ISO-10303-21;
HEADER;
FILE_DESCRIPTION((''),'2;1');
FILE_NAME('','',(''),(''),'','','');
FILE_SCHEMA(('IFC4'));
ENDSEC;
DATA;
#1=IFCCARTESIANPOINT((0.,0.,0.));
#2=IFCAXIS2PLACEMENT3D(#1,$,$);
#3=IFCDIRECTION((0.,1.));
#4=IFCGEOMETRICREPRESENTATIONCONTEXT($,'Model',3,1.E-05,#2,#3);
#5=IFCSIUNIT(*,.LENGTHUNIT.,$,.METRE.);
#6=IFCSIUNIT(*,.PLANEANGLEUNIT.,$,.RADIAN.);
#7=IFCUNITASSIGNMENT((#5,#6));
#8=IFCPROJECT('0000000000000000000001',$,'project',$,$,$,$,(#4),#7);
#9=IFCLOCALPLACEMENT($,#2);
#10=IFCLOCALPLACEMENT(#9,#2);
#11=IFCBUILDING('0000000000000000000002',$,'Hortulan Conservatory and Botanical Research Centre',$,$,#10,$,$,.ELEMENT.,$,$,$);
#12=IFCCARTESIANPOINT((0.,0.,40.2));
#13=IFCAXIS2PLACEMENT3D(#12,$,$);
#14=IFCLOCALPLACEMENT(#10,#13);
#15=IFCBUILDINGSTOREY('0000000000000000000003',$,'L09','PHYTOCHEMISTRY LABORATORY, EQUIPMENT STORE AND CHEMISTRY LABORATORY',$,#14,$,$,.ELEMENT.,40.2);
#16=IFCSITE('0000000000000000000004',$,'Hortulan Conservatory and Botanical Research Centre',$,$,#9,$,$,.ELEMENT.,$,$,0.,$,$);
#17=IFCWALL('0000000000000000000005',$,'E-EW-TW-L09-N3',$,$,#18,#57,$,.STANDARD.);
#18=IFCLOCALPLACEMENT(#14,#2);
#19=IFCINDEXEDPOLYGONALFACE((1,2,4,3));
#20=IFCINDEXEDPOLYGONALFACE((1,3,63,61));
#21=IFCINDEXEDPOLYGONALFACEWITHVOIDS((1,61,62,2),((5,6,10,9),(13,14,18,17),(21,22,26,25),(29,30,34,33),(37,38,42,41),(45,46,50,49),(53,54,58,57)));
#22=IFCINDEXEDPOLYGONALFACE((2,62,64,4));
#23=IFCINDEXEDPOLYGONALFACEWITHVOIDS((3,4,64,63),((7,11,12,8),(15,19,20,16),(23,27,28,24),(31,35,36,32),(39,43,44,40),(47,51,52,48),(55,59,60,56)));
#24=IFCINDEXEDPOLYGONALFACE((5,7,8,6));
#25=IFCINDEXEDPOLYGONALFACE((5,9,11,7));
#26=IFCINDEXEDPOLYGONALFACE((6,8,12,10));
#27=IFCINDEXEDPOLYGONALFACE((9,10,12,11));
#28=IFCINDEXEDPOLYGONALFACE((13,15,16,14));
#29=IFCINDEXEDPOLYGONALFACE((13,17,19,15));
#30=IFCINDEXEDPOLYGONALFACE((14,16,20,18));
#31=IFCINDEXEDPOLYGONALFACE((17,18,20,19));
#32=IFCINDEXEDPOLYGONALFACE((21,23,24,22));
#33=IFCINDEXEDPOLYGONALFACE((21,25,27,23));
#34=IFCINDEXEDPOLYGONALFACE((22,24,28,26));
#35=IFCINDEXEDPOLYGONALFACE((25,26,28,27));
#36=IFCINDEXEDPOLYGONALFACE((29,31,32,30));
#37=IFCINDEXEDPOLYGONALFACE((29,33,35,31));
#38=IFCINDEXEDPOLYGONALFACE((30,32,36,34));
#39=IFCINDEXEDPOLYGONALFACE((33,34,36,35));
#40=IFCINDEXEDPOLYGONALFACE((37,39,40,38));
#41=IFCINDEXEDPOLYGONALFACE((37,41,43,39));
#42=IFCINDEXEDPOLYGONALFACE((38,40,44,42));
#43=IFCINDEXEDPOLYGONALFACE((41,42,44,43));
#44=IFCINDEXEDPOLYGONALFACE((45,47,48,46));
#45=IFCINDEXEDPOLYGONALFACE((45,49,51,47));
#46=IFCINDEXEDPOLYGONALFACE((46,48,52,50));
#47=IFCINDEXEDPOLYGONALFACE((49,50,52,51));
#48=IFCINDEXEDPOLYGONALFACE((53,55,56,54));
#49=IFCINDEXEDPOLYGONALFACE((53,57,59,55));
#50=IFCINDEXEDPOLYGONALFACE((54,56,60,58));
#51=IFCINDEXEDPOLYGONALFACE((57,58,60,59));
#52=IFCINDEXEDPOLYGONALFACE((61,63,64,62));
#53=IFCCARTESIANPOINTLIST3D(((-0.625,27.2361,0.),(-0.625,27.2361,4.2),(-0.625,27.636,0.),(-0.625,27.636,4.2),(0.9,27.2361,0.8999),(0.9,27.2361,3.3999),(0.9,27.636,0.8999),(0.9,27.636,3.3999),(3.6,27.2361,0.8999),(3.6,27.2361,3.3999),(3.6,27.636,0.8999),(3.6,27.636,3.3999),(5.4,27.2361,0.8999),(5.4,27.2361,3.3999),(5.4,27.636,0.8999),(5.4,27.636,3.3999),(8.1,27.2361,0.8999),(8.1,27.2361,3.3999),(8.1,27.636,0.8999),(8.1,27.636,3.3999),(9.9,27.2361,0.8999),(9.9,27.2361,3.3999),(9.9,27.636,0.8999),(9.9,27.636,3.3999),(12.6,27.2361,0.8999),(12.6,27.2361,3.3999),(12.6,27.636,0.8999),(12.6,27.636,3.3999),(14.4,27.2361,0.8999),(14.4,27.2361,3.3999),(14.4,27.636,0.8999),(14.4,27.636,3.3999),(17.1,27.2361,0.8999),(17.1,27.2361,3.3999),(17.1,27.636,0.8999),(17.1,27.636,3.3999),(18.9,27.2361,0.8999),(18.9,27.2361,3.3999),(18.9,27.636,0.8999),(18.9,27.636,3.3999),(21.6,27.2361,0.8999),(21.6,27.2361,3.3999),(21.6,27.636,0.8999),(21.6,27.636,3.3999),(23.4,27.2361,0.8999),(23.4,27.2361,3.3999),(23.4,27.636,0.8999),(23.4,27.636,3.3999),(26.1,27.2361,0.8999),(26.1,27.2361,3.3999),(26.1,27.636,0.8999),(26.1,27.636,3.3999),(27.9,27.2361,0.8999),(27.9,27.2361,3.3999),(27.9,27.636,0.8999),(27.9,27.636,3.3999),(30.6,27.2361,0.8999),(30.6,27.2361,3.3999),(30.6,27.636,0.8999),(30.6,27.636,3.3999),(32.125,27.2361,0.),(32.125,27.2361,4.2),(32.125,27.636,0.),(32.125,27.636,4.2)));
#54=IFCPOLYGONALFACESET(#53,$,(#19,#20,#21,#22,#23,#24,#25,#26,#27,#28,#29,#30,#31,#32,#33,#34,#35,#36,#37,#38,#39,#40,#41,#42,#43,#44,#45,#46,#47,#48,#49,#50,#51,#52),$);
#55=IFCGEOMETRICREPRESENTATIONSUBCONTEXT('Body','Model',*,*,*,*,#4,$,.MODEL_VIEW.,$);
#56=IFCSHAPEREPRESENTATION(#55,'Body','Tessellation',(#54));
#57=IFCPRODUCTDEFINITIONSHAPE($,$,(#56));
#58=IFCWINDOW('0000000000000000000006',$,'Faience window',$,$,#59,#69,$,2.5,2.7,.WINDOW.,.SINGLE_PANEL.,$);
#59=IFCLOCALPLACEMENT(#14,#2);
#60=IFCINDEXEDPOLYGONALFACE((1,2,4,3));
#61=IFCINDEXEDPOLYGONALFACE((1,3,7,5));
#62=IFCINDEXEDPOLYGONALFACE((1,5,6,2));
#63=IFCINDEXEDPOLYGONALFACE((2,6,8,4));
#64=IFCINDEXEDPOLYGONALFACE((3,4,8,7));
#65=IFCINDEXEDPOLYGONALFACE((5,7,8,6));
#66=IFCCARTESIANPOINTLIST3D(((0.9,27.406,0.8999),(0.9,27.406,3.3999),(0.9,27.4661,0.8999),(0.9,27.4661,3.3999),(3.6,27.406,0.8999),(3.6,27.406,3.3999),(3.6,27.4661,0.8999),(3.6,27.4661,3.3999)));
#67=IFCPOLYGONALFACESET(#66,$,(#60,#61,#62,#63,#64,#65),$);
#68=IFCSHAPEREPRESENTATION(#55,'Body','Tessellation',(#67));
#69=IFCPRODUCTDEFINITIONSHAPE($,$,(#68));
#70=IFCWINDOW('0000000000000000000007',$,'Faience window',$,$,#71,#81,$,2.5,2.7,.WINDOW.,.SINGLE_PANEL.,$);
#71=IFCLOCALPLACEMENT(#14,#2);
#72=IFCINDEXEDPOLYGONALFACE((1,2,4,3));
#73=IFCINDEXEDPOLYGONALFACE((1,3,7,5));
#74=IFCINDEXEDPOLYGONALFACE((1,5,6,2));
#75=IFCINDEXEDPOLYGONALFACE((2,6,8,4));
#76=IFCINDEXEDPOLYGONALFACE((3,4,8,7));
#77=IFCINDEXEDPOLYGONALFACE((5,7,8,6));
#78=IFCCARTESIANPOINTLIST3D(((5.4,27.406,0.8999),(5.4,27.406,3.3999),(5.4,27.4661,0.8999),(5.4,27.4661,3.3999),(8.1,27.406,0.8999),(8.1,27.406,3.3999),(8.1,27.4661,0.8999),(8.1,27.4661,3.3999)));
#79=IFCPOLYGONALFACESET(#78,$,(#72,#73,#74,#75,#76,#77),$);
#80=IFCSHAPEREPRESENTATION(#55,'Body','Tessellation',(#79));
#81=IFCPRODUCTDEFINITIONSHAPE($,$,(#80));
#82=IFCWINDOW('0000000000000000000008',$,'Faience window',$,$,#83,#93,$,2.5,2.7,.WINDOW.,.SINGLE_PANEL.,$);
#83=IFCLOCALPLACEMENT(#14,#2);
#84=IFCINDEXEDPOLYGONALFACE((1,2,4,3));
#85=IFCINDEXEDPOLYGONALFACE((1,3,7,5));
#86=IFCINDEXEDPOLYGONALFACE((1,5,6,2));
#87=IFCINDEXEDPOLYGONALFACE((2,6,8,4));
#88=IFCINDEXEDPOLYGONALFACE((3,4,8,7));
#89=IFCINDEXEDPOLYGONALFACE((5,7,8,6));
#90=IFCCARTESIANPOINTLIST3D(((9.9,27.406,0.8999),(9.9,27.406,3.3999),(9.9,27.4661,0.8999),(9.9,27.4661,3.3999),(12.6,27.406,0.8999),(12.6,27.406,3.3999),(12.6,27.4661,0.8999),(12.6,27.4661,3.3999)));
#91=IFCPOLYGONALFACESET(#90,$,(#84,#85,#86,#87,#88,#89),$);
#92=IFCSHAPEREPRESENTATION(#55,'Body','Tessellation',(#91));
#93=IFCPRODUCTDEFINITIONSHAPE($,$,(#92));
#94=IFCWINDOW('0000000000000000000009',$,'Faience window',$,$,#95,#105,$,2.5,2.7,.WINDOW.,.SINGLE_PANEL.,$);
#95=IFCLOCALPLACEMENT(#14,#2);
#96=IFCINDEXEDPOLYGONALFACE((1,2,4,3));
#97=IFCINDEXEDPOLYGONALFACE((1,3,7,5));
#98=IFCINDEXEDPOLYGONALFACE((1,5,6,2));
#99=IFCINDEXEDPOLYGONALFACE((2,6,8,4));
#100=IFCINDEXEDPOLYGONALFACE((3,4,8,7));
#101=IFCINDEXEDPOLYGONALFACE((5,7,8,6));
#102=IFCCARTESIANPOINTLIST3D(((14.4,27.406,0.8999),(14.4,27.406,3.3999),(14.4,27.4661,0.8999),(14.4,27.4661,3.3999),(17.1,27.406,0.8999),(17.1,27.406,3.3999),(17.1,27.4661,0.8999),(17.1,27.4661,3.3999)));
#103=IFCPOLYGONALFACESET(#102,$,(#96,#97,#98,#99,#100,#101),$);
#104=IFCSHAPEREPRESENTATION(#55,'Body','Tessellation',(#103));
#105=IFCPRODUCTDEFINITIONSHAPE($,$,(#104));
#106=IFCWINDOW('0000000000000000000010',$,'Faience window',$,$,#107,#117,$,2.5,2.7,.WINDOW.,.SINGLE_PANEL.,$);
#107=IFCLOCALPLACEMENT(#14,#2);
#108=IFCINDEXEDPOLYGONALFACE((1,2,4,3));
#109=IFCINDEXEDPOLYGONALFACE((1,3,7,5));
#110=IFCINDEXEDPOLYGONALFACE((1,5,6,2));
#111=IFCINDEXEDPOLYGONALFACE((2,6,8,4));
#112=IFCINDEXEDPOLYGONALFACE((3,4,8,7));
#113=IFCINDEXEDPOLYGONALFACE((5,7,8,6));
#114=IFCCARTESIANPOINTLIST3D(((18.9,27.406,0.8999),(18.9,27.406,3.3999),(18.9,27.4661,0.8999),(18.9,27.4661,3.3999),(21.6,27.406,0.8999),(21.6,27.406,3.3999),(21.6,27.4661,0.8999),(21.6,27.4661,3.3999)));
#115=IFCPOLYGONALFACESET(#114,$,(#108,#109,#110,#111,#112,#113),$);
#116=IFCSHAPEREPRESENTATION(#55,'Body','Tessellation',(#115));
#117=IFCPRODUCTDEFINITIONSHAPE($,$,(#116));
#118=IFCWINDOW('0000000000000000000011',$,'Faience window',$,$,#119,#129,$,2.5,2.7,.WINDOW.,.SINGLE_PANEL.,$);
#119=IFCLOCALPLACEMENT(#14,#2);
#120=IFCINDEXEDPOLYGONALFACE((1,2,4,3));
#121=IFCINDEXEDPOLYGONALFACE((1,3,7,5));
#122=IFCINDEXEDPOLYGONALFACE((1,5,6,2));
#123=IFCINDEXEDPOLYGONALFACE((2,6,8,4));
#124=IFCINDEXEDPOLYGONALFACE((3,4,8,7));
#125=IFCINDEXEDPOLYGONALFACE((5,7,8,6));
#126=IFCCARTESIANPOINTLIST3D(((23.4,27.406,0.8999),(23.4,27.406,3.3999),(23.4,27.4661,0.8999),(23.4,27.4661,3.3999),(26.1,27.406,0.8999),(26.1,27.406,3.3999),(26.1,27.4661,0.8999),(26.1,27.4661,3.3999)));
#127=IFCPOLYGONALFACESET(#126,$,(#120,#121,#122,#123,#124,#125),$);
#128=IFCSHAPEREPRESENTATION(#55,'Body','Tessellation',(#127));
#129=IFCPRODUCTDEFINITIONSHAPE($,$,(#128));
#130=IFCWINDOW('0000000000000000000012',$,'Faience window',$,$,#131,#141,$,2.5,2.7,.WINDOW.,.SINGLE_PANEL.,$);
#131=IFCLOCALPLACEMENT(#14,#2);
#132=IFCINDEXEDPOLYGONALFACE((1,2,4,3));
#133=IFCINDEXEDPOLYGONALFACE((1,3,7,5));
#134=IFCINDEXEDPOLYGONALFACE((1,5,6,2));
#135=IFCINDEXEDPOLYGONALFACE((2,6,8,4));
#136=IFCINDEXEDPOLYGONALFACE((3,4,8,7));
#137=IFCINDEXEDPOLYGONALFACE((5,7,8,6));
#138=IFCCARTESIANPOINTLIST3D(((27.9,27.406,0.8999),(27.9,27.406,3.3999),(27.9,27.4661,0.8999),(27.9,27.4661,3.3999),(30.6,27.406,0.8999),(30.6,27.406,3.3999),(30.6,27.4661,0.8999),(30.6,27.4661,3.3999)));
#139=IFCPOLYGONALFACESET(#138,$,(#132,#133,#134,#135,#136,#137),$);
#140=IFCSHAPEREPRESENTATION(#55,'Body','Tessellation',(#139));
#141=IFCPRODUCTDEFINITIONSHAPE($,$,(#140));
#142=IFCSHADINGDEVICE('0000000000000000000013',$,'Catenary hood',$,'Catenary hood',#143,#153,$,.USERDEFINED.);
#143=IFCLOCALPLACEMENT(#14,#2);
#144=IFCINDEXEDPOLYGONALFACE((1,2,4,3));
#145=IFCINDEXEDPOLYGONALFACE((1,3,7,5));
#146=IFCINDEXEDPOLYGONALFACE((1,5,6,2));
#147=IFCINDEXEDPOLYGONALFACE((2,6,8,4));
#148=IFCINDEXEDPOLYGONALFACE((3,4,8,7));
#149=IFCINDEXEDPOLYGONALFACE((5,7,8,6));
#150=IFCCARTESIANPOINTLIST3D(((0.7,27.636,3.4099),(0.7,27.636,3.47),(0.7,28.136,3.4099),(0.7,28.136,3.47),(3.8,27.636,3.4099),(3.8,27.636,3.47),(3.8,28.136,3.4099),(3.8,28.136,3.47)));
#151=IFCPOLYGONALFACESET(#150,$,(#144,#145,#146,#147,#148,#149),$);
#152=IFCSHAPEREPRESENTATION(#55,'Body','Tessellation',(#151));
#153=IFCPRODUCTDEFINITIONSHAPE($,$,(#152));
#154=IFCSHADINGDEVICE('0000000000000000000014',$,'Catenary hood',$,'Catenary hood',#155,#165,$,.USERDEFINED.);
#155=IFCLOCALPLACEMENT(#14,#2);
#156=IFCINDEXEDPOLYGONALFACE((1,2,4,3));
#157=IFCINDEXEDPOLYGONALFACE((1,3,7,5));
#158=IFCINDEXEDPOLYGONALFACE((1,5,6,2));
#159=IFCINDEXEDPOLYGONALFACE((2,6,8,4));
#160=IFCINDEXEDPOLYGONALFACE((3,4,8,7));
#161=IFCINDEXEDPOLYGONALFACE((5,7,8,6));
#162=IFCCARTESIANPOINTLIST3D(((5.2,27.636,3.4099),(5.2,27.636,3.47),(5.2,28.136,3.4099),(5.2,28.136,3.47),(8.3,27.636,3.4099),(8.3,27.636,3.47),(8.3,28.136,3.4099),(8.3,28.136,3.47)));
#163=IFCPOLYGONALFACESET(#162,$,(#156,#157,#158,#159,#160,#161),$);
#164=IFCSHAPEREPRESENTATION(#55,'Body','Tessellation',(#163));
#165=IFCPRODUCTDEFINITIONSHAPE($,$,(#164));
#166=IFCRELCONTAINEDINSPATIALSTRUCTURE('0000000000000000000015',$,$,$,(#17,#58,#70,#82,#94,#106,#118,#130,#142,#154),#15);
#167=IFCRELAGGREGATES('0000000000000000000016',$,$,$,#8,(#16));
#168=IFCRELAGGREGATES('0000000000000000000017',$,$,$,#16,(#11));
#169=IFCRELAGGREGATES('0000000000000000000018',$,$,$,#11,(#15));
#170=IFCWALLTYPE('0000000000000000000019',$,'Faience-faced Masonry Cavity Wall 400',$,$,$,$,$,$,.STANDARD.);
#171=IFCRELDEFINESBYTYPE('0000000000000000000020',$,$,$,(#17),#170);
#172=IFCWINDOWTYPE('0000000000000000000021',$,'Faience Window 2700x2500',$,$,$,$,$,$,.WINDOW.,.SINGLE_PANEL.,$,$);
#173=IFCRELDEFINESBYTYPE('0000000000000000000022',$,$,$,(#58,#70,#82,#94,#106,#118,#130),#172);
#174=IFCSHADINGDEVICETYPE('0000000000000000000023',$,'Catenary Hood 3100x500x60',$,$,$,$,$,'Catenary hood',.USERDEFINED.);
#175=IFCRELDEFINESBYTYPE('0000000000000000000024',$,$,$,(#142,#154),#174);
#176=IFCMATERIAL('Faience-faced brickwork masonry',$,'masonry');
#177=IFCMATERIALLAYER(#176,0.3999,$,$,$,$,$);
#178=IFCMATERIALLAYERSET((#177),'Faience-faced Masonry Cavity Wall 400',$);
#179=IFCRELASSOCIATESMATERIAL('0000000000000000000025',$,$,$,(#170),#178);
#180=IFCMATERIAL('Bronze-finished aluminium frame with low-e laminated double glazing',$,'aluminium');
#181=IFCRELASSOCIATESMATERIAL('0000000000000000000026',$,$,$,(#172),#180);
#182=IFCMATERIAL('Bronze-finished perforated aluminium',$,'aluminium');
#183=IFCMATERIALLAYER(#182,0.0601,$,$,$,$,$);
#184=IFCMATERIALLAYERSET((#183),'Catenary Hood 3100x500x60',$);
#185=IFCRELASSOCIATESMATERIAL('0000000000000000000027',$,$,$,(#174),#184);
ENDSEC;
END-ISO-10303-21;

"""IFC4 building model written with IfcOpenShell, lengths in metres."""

from ifc_helpers import new_model, si_unit, direction, frame, frame_2d, origin, origin_2d, place, context, subcontext, project, spatial, rectangle, extrude, material, layer, layer_set, type_object, element, fill, save


model = new_model("IFC4")

# Units and contexts
model_context = context("Model", 3, precision=1e-05, world=origin(), true_north=direction((0.0, 1.0)))
body_context = subcontext(model_context, "Body", "Model", "MODEL_VIEW")
ifc_project = project(units=[si_unit("LENGTHUNIT", "METRE"), si_unit("PLANEANGLEUNIT", "RADIAN")], contexts=[model_context])

# Site, building, storey
site_placement = place(None, origin())
site = spatial("IfcSite", under=ifc_project, at=site_placement, Name="Hortulan Conservatory and Botanical Research Centre", CompositionType="ELEMENT", RefElevation=0.0)
building_placement = place(site_placement, origin())
building = spatial("IfcBuilding", under=site, at=building_placement, Name="Hortulan Conservatory and Botanical Research Centre", CompositionType="ELEMENT")
storey_placement = place(building_placement, frame((0.0, 0.0, 40.2)))
storey = spatial("IfcBuildingStorey", under=building, at=storey_placement, Name="L09", Description="PHYTOCHEMISTRY LABORATORY, EQUIPMENT STORE AND CHEMISTRY LABORATORY", CompositionType="ELEMENT", Elevation=40.2)

# Wall, openings, windows
ifc_material_1 = material(Name="Faience-faced brickwork masonry", Category="masonry")
ifc_layer_1 = layer(ifc_material_1, 0.3999)
ifc_layer_set_1 = layer_set([ifc_layer_1], Name="Faience-faced Masonry Cavity Wall 400")
wall_type = type_object("IfcWallType", Name="Faience-faced Masonry Cavity Wall 400", PredefinedType="STANDARD", material=ifc_layer_set_1)
wall_placement = place(storey_placement, frame((-0.625, 27.436, 0.0), z_axis=(0.0, 0.0, 1.0), x_axis=(1.0, 0.0, 0.0)))
wall = element("IfcWall", 1, at=wall_placement, inside=storey, type_object=wall_type, Name="E-EW-TW-L09-N3", PredefinedType="STANDARD", context=body_context, shape_type="SweptSolid", body=[
    extrude(rectangle(XDim=32.75, YDim=0.3999, at=frame_2d((16.375, 0.0))), origin(), (0.0, 0.0, 1.0), 4.2),
])
opening_1_placement = place(wall_placement, frame((1.5249, 0.0, 0.8999)))
opening_1 = element("IfcOpeningElement", 2, at=opening_1_placement, cuts=wall, PredefinedType="OPENING", context=body_context, shape_type="SweptSolid", body=[
    extrude(rectangle(XDim=2.7, YDim=2.5, at=frame_2d((1.3501, 1.25))), frame((0.0, 0.21, 0.0), z_axis=(0.0, -1.0, 0.0), x_axis=(1.0, 0.0, 0.0)), (0.0, 0.0, 1.0), 0.4199),
])
opening_2_placement = place(wall_placement, frame((6.0249, 0.0, 0.8999)))
opening_2 = element("IfcOpeningElement", 3, at=opening_2_placement, cuts=wall, PredefinedType="OPENING", context=body_context, shape_type="SweptSolid", body=[
    extrude(rectangle(XDim=2.7, YDim=2.5, at=frame_2d((1.3501, 1.25))), frame((0.0, 0.21, 0.0), z_axis=(0.0, -1.0, 0.0), x_axis=(1.0, 0.0, 0.0)), (0.0, 0.0, 1.0), 0.4199),
])
opening_3_placement = place(wall_placement, frame((10.5249, 0.0, 0.8999)))
opening_3 = element("IfcOpeningElement", 4, at=opening_3_placement, cuts=wall, PredefinedType="OPENING", context=body_context, shape_type="SweptSolid", body=[
    extrude(rectangle(XDim=2.7, YDim=2.5, at=frame_2d((1.3501, 1.25))), frame((0.0, 0.21, 0.0), z_axis=(0.0, -1.0, 0.0), x_axis=(1.0, 0.0, 0.0)), (0.0, 0.0, 1.0), 0.4199),
])
opening_4_placement = place(wall_placement, frame((15.0249, 0.0, 0.8999)))
opening_4 = element("IfcOpeningElement", 5, at=opening_4_placement, cuts=wall, PredefinedType="OPENING", context=body_context, shape_type="SweptSolid", body=[
    extrude(rectangle(XDim=2.7, YDim=2.5, at=frame_2d((1.3501, 1.25))), frame((0.0, 0.21, 0.0), z_axis=(0.0, -1.0, 0.0), x_axis=(1.0, 0.0, 0.0)), (0.0, 0.0, 1.0), 0.4199),
])
opening_5_placement = place(wall_placement, frame((19.5249, 0.0, 0.8999)))
opening_5 = element("IfcOpeningElement", 6, at=opening_5_placement, cuts=wall, PredefinedType="OPENING", context=body_context, shape_type="SweptSolid", body=[
    extrude(rectangle(XDim=2.7, YDim=2.5, at=frame_2d((1.3501, 1.25))), frame((0.0, 0.21, 0.0), z_axis=(0.0, -1.0, 0.0), x_axis=(1.0, 0.0, 0.0)), (0.0, 0.0, 1.0), 0.4199),
])
opening_6_placement = place(wall_placement, frame((24.0249, 0.0, 0.8999)))
opening_6 = element("IfcOpeningElement", 7, at=opening_6_placement, cuts=wall, PredefinedType="OPENING", context=body_context, shape_type="SweptSolid", body=[
    extrude(rectangle(XDim=2.7, YDim=2.5, at=frame_2d((1.3501, 1.25))), frame((0.0, 0.21, 0.0), z_axis=(0.0, -1.0, 0.0), x_axis=(1.0, 0.0, 0.0)), (0.0, 0.0, 1.0), 0.4199),
])
opening_7_placement = place(wall_placement, frame((28.5249, 0.0, 0.8999)))
opening_7 = element("IfcOpeningElement", 8, at=opening_7_placement, cuts=wall, PredefinedType="OPENING", context=body_context, shape_type="SweptSolid", body=[
    extrude(rectangle(XDim=2.7, YDim=2.5, at=frame_2d((1.3501, 1.25))), frame((0.0, 0.21, 0.0), z_axis=(0.0, -1.0, 0.0), x_axis=(1.0, 0.0, 0.0)), (0.0, 0.0, 1.0), 0.4199),
])
ifc_material_2 = material(Name="Bronze-finished aluminium frame with low-e laminated double glazing", Category="aluminium")
window_type = type_object("IfcWindowType", Name="Faience Window 2700x2500", PartitioningType="SINGLE_PANEL", PredefinedType="WINDOW", material=ifc_material_2)
window_1_placement = place(opening_1_placement, origin())
window_1 = element("IfcWindow", 9, at=window_1_placement, inside=storey, type_object=window_type, Name="Faience window", OverallHeight=2.5, OverallWidth=2.7, PartitioningType="SINGLE_PANEL", PredefinedType="WINDOW", context=body_context, shape_type="SweptSolid", body=[
    extrude(rectangle(XDim=2.7, YDim=2.5, at=frame_2d((1.3501, 1.25))), frame((0.0, 0.03, 0.0), z_axis=(0.0, -1.0, 0.0), x_axis=(1.0, 0.0, 0.0)), (0.0, 0.0, 1.0), 0.0601),
])
fill(opening_1, window_1)
window_2_placement = place(opening_2_placement, origin())
window_2 = element("IfcWindow", 10, at=window_2_placement, inside=storey, type_object=window_type, Name="Faience window", OverallHeight=2.5, OverallWidth=2.7, PartitioningType="SINGLE_PANEL", PredefinedType="WINDOW", context=body_context, shape_type="SweptSolid", body=[
    extrude(rectangle(XDim=2.7, YDim=2.5, at=frame_2d((1.3501, 1.25))), frame((0.0, 0.03, 0.0), z_axis=(0.0, -1.0, 0.0), x_axis=(1.0, 0.0, 0.0)), (0.0, 0.0, 1.0), 0.0601),
])
fill(opening_2, window_2)
window_3_placement = place(opening_3_placement, origin())
window_3 = element("IfcWindow", 11, at=window_3_placement, inside=storey, type_object=window_type, Name="Faience window", OverallHeight=2.5, OverallWidth=2.7, PartitioningType="SINGLE_PANEL", PredefinedType="WINDOW", context=body_context, shape_type="SweptSolid", body=[
    extrude(rectangle(XDim=2.7, YDim=2.5, at=frame_2d((1.3501, 1.25))), frame((0.0, 0.03, 0.0), z_axis=(0.0, -1.0, 0.0), x_axis=(1.0, 0.0, 0.0)), (0.0, 0.0, 1.0), 0.0601),
])
fill(opening_3, window_3)
window_4_placement = place(opening_4_placement, origin())
window_4 = element("IfcWindow", 12, at=window_4_placement, inside=storey, type_object=window_type, Name="Faience window", OverallHeight=2.5, OverallWidth=2.7, PartitioningType="SINGLE_PANEL", PredefinedType="WINDOW", context=body_context, shape_type="SweptSolid", body=[
    extrude(rectangle(XDim=2.7, YDim=2.5, at=frame_2d((1.3501, 1.25))), frame((0.0, 0.03, 0.0), z_axis=(0.0, -1.0, 0.0), x_axis=(1.0, 0.0, 0.0)), (0.0, 0.0, 1.0), 0.0601),
])
fill(opening_4, window_4)
window_5_placement = place(opening_5_placement, origin())
window_5 = element("IfcWindow", 13, at=window_5_placement, inside=storey, type_object=window_type, Name="Faience window", OverallHeight=2.5, OverallWidth=2.7, PartitioningType="SINGLE_PANEL", PredefinedType="WINDOW", context=body_context, shape_type="SweptSolid", body=[
    extrude(rectangle(XDim=2.7, YDim=2.5, at=frame_2d((1.3501, 1.25))), frame((0.0, 0.03, 0.0), z_axis=(0.0, -1.0, 0.0), x_axis=(1.0, 0.0, 0.0)), (0.0, 0.0, 1.0), 0.0601),
])
fill(opening_5, window_5)
window_6_placement = place(opening_6_placement, origin())
window_6 = element("IfcWindow", 14, at=window_6_placement, inside=storey, type_object=window_type, Name="Faience window", OverallHeight=2.5, OverallWidth=2.7, PartitioningType="SINGLE_PANEL", PredefinedType="WINDOW", context=body_context, shape_type="SweptSolid", body=[
    extrude(rectangle(XDim=2.7, YDim=2.5, at=frame_2d((1.3501, 1.25))), frame((0.0, 0.03, 0.0), z_axis=(0.0, -1.0, 0.0), x_axis=(1.0, 0.0, 0.0)), (0.0, 0.0, 1.0), 0.0601),
])
fill(opening_6, window_6)
window_7_placement = place(opening_7_placement, origin())
window_7 = element("IfcWindow", 15, at=window_7_placement, inside=storey, type_object=window_type, Name="Faience window", OverallHeight=2.5, OverallWidth=2.7, PartitioningType="SINGLE_PANEL", PredefinedType="WINDOW", context=body_context, shape_type="SweptSolid", body=[
    extrude(rectangle(XDim=2.7, YDim=2.5, at=frame_2d((1.3501, 1.25))), frame((0.0, 0.03, 0.0), z_axis=(0.0, -1.0, 0.0), x_axis=(1.0, 0.0, 0.0)), (0.0, 0.0, 1.0), 0.0601),
])
fill(opening_7, window_7)

# Shading devices
ifc_material_3 = material(Name="Bronze-finished perforated aluminium", Category="aluminium")
ifc_layer_2 = layer(ifc_material_3, 0.0601)
ifc_layer_set_2 = layer_set([ifc_layer_2], Name="Catenary Hood 3100x500x60")
shading_device_type = type_object("IfcShadingDeviceType", Name="Catenary Hood 3100x500x60", ElementType="Catenary hood", PredefinedType="USERDEFINED", material=ifc_layer_set_2)
for number, where, z_axis, x_axis, name in (
    (16, (2.25, 27.886, 3.4099), (0.0, 0.0, 1.0), (1.0, 0.0, 0.0), "Catenary hood"),
    (17, (6.75, 27.886, 3.4099), (0.0, 0.0, 1.0), (1.0, 0.0, 0.0), "Catenary hood"),
):
    element("IfcShadingDevice", number, at=place(storey_placement, frame(where, z_axis=z_axis, x_axis=x_axis)), inside=storey, type_object=shading_device_type, Name=name, ObjectType="Catenary hood", PredefinedType="USERDEFINED", context=body_context, shape_type="SweptSolid", body=[
        extrude(rectangle(XDim=3.1001, YDim=0.5, at=origin_2d()), origin(), (0.0, 0.0, 1.0), 0.0601),
    ])

save(model, "model.ifc")
